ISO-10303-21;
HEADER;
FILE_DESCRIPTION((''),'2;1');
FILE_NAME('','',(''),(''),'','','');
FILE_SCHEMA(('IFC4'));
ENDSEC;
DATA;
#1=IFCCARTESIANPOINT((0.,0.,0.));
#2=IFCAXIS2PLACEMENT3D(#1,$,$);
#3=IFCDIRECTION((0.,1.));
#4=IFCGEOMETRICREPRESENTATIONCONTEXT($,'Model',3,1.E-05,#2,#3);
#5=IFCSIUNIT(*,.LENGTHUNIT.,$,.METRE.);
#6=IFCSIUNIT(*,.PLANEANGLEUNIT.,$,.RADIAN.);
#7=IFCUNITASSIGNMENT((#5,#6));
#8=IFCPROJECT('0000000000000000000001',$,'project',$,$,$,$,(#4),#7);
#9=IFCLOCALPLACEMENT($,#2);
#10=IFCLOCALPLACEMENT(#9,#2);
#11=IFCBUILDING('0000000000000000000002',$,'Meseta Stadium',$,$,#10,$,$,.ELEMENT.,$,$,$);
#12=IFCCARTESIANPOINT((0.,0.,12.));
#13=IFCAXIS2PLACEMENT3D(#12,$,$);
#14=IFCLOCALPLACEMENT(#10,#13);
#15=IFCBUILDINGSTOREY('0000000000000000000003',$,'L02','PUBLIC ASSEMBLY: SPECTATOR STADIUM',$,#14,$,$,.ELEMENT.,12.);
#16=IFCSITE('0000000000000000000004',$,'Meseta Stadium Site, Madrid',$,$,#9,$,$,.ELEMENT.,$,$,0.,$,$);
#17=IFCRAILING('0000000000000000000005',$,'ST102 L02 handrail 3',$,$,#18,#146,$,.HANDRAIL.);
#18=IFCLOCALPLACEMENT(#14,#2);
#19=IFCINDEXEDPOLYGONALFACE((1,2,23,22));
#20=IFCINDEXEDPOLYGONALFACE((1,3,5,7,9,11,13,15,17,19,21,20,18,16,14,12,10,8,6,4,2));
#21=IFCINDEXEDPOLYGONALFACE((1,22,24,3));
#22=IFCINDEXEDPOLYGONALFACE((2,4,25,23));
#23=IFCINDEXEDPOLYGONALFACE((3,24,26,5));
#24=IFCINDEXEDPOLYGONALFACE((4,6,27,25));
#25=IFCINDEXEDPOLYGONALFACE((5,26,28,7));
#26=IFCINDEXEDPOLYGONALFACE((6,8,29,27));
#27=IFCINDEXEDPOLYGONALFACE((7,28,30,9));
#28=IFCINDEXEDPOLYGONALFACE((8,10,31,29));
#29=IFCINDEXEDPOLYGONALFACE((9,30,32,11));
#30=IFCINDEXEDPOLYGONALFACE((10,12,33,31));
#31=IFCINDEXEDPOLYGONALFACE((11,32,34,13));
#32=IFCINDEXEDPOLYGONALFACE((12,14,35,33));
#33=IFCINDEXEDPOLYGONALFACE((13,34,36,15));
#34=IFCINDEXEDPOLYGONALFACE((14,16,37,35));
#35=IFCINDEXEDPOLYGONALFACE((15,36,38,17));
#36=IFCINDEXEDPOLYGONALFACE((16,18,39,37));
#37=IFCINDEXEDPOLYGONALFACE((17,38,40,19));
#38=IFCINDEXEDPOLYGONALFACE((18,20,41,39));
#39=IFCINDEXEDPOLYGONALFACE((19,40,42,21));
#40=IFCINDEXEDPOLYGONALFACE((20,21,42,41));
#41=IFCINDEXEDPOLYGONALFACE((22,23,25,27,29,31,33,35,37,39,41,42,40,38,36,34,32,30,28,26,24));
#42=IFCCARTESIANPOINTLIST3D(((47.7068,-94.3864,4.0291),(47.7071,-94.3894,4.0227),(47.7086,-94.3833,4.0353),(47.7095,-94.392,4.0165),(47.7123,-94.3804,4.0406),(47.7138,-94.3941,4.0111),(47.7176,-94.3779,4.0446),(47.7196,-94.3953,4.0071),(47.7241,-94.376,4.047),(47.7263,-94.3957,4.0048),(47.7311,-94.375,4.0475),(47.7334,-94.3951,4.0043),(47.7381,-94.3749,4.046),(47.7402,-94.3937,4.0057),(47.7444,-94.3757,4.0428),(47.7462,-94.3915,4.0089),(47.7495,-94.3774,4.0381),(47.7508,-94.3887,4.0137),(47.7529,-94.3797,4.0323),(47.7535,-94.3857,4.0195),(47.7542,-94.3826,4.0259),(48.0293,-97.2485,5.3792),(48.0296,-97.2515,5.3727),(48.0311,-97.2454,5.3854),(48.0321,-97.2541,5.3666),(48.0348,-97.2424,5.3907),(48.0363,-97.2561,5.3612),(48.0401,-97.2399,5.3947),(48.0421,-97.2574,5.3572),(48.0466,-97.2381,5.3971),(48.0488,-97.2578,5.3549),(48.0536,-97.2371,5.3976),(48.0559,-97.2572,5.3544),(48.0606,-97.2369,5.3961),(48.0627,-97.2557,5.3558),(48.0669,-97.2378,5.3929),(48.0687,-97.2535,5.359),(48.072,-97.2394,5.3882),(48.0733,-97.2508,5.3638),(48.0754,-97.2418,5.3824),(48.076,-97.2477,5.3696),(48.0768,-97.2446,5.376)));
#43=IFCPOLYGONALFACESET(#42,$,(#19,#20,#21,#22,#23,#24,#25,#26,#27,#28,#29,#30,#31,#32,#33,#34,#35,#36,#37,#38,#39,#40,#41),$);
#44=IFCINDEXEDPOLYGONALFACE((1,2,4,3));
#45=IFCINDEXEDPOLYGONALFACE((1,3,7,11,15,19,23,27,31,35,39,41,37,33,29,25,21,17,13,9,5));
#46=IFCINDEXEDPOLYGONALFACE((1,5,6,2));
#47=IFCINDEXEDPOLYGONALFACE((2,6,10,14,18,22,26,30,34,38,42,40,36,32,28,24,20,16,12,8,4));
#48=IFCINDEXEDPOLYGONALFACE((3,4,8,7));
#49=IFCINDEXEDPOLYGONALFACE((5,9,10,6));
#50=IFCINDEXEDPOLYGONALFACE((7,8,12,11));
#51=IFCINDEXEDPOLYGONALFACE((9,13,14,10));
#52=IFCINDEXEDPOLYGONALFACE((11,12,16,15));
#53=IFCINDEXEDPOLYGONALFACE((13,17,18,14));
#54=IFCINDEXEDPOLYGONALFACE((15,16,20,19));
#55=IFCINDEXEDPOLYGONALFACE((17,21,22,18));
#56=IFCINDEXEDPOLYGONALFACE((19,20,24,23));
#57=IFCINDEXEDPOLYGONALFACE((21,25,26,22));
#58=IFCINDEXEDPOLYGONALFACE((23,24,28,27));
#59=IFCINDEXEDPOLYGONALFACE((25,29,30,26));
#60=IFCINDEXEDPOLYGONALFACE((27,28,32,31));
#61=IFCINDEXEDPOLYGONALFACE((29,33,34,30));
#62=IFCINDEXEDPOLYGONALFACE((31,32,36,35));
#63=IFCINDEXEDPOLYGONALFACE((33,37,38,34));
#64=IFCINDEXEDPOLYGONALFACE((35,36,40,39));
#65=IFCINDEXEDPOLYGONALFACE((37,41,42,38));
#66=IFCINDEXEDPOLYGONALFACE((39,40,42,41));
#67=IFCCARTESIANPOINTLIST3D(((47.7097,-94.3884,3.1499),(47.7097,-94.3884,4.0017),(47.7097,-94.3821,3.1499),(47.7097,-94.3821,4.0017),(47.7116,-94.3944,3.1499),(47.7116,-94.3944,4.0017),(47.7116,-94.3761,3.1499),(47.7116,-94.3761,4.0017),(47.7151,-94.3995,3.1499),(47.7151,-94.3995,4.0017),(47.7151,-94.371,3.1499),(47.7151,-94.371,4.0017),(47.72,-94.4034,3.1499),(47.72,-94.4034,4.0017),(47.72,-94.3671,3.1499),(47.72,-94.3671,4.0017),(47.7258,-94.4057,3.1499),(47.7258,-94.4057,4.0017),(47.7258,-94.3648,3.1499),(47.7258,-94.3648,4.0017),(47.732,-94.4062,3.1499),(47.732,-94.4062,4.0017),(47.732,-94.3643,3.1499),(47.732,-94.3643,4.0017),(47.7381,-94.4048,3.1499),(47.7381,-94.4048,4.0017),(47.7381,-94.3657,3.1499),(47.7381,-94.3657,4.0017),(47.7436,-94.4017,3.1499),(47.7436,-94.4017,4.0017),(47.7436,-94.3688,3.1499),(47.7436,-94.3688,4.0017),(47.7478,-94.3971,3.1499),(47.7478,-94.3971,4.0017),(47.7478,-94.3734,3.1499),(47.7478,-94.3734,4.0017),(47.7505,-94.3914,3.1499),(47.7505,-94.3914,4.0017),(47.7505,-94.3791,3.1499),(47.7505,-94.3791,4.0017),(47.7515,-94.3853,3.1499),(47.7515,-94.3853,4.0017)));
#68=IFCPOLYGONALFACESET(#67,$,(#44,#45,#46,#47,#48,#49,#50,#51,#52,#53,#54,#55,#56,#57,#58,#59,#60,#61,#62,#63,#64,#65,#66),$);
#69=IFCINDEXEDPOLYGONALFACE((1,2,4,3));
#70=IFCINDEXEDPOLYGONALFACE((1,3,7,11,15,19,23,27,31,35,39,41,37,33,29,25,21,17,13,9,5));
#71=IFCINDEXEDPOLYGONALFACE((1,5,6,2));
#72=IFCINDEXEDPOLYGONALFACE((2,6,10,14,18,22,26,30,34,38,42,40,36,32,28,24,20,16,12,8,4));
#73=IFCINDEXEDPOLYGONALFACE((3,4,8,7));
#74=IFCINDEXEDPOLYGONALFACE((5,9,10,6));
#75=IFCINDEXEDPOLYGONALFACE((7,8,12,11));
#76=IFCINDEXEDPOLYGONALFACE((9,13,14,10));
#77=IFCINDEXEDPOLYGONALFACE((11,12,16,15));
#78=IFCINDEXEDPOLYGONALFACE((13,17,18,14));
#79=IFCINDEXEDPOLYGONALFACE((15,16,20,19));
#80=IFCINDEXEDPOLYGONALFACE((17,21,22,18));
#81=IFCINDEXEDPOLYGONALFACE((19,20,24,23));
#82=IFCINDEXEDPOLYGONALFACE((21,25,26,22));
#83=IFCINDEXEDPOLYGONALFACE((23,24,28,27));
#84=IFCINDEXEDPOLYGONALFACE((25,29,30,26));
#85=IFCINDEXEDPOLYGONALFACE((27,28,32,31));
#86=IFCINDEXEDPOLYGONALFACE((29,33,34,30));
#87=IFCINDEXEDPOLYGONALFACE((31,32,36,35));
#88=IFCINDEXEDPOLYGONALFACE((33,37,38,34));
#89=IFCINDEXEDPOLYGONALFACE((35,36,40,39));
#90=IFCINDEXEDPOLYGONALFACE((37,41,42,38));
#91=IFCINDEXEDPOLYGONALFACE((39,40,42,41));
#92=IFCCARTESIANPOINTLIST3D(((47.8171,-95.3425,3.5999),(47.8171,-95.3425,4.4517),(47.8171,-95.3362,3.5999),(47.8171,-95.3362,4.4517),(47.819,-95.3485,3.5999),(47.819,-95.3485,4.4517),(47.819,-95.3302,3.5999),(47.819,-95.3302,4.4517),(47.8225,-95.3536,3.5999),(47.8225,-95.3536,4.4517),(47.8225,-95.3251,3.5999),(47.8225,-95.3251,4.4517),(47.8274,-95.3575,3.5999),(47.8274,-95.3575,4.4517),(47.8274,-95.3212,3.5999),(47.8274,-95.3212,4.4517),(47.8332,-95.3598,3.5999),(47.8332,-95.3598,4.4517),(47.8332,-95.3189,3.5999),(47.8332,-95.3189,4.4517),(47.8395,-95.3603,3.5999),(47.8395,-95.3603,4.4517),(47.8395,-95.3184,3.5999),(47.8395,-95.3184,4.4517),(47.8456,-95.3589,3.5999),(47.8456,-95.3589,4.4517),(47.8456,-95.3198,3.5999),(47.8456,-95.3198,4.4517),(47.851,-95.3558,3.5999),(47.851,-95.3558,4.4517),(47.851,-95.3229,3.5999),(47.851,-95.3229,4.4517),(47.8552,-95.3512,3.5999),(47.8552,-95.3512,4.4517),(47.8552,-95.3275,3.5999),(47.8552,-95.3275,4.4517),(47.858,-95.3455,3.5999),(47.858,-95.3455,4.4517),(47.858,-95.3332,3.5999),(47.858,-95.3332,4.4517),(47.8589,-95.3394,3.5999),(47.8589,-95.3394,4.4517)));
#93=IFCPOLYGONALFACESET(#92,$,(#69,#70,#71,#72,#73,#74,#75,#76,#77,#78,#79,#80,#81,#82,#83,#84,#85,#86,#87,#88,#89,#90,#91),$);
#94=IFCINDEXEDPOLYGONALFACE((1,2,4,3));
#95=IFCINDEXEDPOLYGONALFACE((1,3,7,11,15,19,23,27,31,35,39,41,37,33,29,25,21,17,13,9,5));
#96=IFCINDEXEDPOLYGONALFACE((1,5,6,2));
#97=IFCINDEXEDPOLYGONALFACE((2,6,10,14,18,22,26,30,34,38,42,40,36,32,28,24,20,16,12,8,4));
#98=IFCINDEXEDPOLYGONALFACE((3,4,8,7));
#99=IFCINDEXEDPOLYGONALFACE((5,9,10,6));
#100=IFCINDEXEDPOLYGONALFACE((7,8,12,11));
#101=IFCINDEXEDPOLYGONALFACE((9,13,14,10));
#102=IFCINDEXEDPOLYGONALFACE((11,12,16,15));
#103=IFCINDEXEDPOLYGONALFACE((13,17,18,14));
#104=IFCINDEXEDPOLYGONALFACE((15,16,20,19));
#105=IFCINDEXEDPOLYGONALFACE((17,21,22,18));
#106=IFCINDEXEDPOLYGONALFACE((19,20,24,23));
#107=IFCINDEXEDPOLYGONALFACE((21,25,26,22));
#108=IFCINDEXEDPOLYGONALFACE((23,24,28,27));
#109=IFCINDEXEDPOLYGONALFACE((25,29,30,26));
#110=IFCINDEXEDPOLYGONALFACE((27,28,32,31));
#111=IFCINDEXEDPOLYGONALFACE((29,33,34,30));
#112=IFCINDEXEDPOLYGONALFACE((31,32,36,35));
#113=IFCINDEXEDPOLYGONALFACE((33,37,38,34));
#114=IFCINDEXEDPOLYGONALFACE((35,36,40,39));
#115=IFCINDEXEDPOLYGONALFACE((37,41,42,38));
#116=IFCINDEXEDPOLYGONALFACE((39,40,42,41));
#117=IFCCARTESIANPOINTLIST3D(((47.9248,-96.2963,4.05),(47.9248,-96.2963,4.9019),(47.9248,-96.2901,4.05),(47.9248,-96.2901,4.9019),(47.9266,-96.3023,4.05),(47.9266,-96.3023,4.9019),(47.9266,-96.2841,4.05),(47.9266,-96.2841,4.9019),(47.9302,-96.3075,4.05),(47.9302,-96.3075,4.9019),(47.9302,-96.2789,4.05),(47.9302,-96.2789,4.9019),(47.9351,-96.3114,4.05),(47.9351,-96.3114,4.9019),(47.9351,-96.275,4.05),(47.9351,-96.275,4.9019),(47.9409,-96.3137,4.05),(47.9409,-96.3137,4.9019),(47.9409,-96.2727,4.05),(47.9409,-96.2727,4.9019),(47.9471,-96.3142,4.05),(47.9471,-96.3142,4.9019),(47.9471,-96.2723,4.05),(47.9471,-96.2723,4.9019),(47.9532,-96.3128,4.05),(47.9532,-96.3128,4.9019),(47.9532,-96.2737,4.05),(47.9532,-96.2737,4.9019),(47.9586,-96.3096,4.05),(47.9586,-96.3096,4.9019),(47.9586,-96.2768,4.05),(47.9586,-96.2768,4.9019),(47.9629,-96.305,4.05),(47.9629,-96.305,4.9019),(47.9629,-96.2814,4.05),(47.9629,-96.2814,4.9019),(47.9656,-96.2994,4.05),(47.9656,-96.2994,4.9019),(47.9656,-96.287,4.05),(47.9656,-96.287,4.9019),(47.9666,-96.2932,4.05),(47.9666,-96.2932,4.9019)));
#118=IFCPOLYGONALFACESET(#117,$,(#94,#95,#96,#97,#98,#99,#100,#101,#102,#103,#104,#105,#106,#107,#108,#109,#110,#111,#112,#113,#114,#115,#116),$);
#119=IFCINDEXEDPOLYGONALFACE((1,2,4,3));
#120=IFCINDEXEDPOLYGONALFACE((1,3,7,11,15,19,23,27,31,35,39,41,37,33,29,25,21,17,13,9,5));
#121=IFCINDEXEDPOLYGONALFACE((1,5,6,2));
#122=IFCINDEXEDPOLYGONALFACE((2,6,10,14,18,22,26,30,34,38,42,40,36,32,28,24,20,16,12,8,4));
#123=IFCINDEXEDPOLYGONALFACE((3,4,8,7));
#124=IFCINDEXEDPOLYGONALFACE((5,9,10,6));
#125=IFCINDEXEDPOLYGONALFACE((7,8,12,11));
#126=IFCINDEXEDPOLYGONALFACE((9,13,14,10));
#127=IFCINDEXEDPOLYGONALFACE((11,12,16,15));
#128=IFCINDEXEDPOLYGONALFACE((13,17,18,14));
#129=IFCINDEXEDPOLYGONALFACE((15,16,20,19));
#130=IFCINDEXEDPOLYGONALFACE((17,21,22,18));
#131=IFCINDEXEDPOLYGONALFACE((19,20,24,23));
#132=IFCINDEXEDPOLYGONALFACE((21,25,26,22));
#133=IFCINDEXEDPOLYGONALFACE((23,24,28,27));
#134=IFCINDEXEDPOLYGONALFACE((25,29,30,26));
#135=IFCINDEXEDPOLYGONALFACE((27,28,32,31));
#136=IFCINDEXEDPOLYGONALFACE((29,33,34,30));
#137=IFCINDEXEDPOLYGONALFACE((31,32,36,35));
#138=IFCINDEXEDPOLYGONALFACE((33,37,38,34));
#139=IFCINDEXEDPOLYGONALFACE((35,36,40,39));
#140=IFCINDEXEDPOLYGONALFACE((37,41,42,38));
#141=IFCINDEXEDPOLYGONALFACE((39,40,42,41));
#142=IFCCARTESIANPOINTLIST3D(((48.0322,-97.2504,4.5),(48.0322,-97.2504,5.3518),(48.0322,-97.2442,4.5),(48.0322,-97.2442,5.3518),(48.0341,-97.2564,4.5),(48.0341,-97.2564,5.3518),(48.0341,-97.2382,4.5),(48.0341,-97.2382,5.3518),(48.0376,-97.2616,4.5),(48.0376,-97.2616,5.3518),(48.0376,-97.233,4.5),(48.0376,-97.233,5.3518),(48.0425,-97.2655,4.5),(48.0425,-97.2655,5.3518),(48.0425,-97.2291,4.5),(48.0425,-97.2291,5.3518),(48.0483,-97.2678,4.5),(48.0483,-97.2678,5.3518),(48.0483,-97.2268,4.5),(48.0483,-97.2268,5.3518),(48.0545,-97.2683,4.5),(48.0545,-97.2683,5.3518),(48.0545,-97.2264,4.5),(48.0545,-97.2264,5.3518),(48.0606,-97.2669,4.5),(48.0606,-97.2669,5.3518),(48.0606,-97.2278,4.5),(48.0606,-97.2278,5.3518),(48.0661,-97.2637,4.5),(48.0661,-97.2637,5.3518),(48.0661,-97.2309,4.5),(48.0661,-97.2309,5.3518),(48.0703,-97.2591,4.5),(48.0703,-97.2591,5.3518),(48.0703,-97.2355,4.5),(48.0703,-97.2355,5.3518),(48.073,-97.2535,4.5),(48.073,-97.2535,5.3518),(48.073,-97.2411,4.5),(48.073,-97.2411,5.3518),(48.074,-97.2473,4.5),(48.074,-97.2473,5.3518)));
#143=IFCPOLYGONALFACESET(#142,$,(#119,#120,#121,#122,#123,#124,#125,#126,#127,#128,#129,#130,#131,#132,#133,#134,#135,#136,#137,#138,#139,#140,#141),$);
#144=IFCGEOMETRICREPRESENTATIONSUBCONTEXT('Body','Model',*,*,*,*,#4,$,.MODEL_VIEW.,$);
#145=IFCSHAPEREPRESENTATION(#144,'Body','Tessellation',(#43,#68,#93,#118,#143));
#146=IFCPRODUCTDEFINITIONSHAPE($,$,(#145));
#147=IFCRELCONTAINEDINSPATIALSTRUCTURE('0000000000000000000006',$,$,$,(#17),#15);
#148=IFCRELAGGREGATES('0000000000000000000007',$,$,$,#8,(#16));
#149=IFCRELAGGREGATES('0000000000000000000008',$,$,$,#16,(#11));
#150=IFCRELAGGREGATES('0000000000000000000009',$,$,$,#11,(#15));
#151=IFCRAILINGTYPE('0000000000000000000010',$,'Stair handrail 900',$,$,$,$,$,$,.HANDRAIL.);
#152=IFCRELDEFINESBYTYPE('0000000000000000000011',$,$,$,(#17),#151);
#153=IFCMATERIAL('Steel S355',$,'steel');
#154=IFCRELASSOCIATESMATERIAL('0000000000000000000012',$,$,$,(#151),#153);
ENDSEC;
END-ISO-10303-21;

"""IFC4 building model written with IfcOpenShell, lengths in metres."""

from ifc_helpers import new_model, si_unit, direction, frame, origin, origin_2d, place, context, subcontext, project, spatial, circle, extrude, material, type_object, element, save


model = new_model("IFC4")

# Units and contexts
model_context = context("Model", 3, precision=1e-05, world=origin(), true_north=direction((0.0, 1.0)))
body_context = subcontext(model_context, "Body", "Model", "MODEL_VIEW")
ifc_project = project(units=[si_unit("LENGTHUNIT", "METRE"), si_unit("PLANEANGLEUNIT", "RADIAN")], contexts=[model_context])

# Site, building, storey
site_placement = place(None, origin())
site = spatial("IfcSite", under=ifc_project, at=site_placement, Name="Meseta Stadium Site, Madrid", CompositionType="ELEMENT", RefElevation=0.0)
building_placement = place(site_placement, origin())
building = spatial("IfcBuilding", under=site, at=building_placement, Name="Meseta Stadium", CompositionType="ELEMENT")
storey_placement = place(building_placement, frame((0.0, 0.0, 12.0)))
storey = spatial("IfcBuildingStorey", under=building, at=storey_placement, Name="L02", Description="PUBLIC ASSEMBLY: SPECTATOR STADIUM", CompositionType="ELEMENT", Elevation=12.0)

# Railing
ifc_material_1 = material(Name="Steel S355", Category="steel")
railing_type_1 = type_object("IfcRailingType", Name="Stair handrail 900", PredefinedType="HANDRAIL", material=ifc_material_1)
railing_1_placement = place(storey_placement, frame((47.7305, -94.3853, 3.1499)))
element("IfcRailing", 1, at=railing_1_placement, inside=storey, type_object=railing_type_1, Name="ST102 L02 handrail 3", PredefinedType="HANDRAIL", context=body_context, shape_type="SweptSolid", body=[
    extrude(circle(Radius=0.0239, at=origin_2d()), frame((0.0, 0.0, 0.876), z_axis=(0.101389, -0.899763, 0.424438), x_axis=(0.993711, 0.111976, 0.0)), (0.0, 0.0, 1.0), 3.1809),
    extrude(circle(Radius=0.021, at=origin_2d()), origin(), (0.0, 0.0, 1.0), 0.8518),
    extrude(circle(Radius=0.021, at=origin_2d()), frame((0.1074, -0.9541, 0.45)), (0.0, 0.0, 1.0), 0.8518),
    extrude(circle(Radius=0.021, at=origin_2d()), frame((0.2151, -1.908, 0.9001)), (0.0, 0.0, 1.0), 0.8518),
    extrude(circle(Radius=0.021, at=origin_2d()), frame((0.3225, -2.8621, 1.3501)), (0.0, 0.0, 1.0), 0.8518),
])

save(model, "model.ifc")
